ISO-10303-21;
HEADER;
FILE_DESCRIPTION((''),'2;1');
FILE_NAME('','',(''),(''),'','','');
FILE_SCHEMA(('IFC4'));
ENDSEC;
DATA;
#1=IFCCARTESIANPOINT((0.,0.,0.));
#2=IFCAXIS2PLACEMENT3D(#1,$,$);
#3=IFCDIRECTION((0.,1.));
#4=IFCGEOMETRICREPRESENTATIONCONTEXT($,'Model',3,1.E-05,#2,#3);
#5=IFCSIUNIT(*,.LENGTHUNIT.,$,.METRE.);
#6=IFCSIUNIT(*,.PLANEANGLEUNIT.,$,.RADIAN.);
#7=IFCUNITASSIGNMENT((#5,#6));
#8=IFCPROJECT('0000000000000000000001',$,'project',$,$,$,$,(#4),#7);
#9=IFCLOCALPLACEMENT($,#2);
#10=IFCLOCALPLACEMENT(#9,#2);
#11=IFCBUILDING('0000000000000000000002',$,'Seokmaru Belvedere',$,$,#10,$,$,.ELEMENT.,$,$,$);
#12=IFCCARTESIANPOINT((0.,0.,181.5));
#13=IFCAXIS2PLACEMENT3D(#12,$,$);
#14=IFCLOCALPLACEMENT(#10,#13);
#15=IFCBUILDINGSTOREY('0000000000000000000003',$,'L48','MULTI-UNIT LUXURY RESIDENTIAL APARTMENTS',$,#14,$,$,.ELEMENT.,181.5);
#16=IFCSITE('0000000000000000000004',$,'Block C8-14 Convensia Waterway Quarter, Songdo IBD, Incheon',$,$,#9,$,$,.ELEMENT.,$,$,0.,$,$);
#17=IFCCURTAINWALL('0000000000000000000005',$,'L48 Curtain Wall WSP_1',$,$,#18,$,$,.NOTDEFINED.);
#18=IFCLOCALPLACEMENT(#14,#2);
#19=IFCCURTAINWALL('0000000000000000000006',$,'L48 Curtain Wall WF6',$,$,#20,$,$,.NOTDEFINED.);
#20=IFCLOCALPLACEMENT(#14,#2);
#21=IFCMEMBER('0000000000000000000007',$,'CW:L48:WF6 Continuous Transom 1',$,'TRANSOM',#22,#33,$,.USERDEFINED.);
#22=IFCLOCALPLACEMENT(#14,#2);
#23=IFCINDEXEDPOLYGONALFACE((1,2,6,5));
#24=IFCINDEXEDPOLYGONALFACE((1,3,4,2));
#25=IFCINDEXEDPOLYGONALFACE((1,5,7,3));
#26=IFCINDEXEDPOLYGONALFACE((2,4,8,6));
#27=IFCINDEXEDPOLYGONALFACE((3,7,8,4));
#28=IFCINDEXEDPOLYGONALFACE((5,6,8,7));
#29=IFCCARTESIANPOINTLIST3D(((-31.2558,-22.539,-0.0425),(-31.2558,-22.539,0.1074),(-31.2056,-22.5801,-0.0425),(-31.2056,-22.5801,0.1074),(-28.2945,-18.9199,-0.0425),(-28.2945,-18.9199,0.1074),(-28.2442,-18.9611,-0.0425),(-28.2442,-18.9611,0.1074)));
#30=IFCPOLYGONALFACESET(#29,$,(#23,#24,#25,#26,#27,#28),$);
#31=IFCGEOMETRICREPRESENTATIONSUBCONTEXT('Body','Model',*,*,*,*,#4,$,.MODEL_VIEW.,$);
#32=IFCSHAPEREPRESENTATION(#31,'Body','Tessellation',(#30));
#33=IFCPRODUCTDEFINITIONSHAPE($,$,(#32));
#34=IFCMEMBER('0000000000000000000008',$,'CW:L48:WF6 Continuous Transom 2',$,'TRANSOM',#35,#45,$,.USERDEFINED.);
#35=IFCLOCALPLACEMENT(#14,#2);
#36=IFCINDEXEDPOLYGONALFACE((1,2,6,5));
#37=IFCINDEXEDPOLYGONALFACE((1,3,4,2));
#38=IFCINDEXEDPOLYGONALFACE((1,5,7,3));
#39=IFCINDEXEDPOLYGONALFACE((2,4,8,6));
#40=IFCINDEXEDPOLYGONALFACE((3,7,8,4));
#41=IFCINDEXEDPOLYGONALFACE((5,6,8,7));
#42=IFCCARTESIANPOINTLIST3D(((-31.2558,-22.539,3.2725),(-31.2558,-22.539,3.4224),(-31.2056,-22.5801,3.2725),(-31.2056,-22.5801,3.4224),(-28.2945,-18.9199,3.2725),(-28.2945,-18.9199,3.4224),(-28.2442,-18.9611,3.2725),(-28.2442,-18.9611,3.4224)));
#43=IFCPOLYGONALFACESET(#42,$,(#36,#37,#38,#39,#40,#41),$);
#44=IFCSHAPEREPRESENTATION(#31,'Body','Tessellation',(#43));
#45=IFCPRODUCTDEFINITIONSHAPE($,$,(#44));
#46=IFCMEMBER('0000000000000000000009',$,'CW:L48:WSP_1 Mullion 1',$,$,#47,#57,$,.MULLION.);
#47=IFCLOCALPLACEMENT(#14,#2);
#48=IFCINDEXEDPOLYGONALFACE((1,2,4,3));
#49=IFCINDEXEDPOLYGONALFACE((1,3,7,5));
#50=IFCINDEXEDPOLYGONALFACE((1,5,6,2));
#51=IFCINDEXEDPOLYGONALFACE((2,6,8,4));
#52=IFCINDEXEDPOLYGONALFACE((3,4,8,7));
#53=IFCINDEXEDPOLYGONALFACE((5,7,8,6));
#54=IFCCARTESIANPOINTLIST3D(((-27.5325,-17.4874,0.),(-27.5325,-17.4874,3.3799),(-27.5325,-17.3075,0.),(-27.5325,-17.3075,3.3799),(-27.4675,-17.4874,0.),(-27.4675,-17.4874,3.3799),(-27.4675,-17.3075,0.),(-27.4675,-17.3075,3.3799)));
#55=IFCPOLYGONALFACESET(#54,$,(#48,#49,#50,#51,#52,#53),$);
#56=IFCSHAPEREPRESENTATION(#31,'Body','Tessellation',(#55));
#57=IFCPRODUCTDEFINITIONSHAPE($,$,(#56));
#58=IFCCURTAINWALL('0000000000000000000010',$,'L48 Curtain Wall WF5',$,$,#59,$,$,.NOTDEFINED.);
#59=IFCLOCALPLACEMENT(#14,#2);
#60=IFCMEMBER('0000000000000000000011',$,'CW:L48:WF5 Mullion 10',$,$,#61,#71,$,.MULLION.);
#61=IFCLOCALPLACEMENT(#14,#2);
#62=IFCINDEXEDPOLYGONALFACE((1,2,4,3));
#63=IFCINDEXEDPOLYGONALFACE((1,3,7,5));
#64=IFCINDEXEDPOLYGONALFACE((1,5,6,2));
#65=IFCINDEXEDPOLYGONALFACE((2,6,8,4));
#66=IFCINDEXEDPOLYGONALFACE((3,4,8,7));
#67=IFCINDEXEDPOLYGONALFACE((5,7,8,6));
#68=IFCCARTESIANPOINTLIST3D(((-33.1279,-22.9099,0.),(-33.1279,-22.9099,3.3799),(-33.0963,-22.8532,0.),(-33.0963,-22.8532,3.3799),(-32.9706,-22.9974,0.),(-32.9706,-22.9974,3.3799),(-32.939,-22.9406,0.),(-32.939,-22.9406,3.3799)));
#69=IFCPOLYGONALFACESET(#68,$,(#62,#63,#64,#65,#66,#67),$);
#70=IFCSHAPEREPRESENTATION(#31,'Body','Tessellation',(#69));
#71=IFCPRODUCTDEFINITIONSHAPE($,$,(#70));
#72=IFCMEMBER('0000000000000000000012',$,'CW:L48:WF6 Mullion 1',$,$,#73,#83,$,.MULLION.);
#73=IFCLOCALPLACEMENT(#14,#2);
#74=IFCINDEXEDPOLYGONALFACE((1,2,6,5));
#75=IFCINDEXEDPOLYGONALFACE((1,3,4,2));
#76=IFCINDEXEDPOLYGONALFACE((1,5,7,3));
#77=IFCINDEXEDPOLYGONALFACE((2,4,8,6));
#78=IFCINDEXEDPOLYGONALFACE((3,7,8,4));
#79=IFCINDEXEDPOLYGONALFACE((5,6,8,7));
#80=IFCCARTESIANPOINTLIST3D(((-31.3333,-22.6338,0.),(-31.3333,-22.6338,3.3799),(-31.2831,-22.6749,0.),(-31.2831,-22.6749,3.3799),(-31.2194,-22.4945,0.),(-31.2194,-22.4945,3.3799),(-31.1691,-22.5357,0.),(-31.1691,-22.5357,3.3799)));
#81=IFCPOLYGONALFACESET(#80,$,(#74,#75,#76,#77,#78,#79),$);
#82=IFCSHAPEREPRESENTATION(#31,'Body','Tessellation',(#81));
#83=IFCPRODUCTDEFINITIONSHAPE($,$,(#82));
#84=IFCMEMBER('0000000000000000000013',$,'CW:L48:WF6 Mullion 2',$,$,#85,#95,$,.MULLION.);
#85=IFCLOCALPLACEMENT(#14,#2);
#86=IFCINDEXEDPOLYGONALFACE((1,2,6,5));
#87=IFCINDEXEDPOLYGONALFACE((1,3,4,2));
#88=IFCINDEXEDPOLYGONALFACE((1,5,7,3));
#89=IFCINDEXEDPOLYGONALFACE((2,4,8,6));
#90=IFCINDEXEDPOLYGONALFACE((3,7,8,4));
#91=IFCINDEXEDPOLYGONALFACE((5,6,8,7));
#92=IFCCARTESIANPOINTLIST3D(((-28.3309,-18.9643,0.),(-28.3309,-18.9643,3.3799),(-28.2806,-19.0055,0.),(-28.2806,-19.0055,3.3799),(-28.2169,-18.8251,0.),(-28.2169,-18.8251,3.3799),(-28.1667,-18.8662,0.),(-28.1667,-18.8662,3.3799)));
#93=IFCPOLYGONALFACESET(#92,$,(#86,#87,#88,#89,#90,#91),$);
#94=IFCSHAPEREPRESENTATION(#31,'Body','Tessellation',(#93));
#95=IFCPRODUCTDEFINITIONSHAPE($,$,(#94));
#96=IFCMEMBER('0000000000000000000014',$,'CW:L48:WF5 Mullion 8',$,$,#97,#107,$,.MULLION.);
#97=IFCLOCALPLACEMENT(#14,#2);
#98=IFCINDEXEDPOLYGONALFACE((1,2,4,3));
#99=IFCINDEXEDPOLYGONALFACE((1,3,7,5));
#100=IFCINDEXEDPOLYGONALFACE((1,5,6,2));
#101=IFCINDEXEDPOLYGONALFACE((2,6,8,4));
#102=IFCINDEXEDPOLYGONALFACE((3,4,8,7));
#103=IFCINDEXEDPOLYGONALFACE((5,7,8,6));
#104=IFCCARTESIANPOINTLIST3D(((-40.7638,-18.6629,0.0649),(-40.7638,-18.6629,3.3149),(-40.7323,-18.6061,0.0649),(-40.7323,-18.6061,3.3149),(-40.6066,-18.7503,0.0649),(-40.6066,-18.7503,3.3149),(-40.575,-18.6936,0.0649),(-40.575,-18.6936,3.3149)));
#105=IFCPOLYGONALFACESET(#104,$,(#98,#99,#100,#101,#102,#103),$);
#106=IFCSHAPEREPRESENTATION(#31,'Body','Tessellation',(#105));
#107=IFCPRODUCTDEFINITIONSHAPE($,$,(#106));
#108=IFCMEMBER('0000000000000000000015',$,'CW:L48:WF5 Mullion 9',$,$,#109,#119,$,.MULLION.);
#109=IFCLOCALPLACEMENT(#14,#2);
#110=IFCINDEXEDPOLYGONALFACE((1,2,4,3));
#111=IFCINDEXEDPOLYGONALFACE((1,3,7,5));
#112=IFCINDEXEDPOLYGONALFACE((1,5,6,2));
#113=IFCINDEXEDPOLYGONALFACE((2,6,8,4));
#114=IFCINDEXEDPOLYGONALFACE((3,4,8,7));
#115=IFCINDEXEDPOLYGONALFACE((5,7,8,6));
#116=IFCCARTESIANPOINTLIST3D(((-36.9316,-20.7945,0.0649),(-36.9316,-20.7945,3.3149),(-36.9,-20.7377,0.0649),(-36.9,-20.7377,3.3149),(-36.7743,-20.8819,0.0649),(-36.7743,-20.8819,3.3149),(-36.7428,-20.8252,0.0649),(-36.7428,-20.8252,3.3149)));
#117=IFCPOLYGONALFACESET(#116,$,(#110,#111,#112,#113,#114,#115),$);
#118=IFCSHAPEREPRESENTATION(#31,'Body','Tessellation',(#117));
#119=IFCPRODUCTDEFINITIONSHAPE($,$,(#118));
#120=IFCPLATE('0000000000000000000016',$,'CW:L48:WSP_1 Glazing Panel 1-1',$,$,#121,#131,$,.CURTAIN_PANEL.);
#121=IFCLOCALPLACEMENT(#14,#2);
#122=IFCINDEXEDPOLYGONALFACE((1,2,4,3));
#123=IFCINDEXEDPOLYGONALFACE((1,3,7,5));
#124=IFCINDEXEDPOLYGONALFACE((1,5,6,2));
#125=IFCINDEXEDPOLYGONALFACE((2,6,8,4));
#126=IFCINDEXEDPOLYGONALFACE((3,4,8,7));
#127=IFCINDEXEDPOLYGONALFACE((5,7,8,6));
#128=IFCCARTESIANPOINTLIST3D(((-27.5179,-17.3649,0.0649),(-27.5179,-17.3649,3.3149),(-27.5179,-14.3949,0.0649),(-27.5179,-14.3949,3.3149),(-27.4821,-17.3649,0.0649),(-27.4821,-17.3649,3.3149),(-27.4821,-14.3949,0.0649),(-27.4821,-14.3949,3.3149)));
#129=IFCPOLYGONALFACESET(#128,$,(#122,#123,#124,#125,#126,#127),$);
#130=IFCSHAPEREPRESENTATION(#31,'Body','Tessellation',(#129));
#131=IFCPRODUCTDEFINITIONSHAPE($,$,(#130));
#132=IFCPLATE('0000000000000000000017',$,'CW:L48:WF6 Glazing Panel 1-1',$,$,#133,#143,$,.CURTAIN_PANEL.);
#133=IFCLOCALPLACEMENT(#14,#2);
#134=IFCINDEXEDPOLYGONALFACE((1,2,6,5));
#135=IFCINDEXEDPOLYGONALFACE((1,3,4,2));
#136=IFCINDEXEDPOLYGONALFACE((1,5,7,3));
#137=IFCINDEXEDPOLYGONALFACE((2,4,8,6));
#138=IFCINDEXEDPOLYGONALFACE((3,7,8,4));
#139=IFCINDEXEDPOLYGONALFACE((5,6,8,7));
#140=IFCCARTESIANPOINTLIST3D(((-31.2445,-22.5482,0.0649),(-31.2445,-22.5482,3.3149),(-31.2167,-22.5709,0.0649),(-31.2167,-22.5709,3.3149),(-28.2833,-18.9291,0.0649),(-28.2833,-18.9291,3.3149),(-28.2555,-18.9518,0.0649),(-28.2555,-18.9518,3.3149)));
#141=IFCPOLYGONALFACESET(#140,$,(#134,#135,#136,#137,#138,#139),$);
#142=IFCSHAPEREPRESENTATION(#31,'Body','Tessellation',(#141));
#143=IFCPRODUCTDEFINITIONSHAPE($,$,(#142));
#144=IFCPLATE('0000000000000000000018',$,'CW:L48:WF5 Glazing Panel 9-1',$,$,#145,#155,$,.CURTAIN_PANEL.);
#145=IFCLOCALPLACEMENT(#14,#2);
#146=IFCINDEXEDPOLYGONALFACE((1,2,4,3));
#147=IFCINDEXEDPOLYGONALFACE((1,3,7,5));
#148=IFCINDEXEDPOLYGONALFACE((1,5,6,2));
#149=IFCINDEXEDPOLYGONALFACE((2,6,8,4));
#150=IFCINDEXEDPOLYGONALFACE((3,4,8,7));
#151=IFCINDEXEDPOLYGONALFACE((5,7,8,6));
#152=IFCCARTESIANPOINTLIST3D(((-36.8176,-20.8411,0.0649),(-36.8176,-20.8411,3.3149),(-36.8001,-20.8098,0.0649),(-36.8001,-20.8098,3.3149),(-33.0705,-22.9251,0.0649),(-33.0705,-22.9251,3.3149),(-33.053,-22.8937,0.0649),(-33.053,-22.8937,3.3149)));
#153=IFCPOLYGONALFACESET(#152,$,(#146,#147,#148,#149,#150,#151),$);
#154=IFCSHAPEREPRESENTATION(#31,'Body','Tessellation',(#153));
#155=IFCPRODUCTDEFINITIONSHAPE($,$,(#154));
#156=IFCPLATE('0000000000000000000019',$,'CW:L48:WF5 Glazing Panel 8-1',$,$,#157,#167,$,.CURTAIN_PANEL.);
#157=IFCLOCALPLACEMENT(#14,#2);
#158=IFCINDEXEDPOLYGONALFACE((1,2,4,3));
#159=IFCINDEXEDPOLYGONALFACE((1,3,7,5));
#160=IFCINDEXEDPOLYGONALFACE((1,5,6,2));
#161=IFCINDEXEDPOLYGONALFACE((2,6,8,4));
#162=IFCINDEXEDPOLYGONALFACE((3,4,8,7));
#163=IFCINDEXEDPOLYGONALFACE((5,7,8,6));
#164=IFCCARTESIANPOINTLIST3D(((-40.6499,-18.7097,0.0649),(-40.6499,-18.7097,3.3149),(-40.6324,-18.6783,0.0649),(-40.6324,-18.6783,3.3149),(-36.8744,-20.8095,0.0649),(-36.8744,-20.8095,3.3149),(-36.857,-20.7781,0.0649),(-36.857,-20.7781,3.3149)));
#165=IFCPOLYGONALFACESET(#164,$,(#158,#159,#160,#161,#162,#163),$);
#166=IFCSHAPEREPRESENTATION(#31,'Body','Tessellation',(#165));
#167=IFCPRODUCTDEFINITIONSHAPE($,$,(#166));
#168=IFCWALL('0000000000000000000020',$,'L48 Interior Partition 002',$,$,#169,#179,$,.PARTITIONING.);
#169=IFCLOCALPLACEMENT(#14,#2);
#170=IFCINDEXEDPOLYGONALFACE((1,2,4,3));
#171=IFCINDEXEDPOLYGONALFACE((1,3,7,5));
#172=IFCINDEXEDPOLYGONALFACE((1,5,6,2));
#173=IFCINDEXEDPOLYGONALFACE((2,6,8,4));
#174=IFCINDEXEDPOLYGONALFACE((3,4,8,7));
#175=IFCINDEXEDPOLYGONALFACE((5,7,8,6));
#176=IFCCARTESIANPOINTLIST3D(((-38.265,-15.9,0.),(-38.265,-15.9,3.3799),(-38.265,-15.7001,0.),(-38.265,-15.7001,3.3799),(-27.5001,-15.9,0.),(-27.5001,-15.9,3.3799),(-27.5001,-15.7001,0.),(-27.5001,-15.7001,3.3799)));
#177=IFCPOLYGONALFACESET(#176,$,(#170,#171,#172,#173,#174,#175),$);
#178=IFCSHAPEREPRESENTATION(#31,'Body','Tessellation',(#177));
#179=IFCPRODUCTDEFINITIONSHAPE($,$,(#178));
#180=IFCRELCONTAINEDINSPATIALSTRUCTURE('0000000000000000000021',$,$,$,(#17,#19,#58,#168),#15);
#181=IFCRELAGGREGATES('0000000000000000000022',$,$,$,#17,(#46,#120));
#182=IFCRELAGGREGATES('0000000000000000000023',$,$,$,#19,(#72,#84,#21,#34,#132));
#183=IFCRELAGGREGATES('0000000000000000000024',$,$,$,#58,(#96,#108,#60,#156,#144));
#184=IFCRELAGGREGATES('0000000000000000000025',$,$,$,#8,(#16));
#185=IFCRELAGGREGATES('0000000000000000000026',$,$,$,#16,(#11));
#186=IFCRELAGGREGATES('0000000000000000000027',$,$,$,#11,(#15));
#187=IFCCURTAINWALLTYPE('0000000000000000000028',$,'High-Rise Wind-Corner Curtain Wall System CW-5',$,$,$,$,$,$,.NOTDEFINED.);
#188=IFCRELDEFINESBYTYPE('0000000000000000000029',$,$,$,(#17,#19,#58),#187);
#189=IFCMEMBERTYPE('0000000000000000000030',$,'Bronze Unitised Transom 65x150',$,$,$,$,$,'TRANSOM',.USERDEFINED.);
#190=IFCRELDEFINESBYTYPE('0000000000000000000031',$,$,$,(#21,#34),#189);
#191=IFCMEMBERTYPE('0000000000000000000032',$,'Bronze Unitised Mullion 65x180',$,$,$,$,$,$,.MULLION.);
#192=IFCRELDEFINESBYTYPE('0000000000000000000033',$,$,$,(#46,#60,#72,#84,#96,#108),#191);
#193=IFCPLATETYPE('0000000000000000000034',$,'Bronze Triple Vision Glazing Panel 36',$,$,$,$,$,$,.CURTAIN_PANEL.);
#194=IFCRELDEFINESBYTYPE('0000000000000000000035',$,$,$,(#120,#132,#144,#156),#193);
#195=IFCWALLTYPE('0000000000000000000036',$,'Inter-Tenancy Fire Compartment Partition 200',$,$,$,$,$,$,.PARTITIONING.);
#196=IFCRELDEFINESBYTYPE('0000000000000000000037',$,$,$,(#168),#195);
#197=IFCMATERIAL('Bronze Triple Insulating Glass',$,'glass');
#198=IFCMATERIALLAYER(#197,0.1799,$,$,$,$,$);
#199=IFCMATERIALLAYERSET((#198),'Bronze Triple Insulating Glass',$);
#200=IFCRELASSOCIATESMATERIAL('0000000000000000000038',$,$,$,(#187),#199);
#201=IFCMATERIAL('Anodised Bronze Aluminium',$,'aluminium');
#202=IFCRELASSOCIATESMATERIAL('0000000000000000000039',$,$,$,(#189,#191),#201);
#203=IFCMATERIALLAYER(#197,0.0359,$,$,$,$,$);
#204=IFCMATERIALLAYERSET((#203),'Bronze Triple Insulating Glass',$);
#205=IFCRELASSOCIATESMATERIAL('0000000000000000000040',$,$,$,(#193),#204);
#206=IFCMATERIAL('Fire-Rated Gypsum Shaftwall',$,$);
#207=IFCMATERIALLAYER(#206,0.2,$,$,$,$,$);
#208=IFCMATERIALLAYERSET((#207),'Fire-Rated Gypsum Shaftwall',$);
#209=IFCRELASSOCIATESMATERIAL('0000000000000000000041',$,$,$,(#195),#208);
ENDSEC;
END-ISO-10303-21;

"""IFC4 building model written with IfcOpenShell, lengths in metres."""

from ifc_helpers import new_model, si_unit, direction, frame, frame_2d, origin, origin_2d, place, context, subcontext, project, spatial, rectangle, extrude, source, transform, mapped, material, layer, layer_set, material_profile, profile_set, type_object, type_shapes, element, aggregate, save


model = new_model("IFC4")

# Units and contexts
model_context = context("Model", 3, precision=1e-05, world=origin(), true_north=direction((0.0, 1.0)))
body_context = subcontext(model_context, "Body", "Model", "MODEL_VIEW")
ifc_project = project(units=[si_unit("LENGTHUNIT", "METRE"), si_unit("PLANEANGLEUNIT", "RADIAN")], contexts=[model_context])

# Site, building, storey
site_placement = place(None, origin())
site = spatial("IfcSite", under=ifc_project, at=site_placement, Name="Block C8-14 Convensia Waterway Quarter, Songdo IBD, Incheon", CompositionType="ELEMENT", RefElevation=0.0)
building_placement = place(site_placement, origin())
building = spatial("IfcBuilding", under=site, at=building_placement, Name="Seokmaru Belvedere", CompositionType="ELEMENT")
storey_placement = place(building_placement, frame((0.0, 0.0, 181.5)))
storey = spatial("IfcBuildingStorey", under=building, at=storey_placement, Name="L48", Description="MULTI-UNIT LUXURY RESIDENTIAL APARTMENTS", CompositionType="ELEMENT", Elevation=181.5)

# Curtain walls, members
ifc_material_1 = material(Name="Bronze Triple Insulating Glass", Category="glass")
ifc_layer_1 = layer(ifc_material_1, 0.1799)
ifc_layer_set_1 = layer_set([ifc_layer_1], Name="Bronze Triple Insulating Glass")
curtain_wall_type = type_object("IfcCurtainWallType", Name="High-Rise Wind-Corner Curtain Wall System CW-5", PredefinedType="NOTDEFINED", material=ifc_layer_set_1)
curtain_wall_1_placement = place(storey_placement, origin())
curtain_wall_1 = element("IfcCurtainWall", 1, at=curtain_wall_1_placement, inside=storey, type_object=curtain_wall_type, Name="L48 Curtain Wall WSP_1", PredefinedType="NOTDEFINED")
ifc_material_2 = material(Name="Anodised Bronze Aluminium", Category="aluminium")
ifc_material_profile_1 = material_profile(ifc_material_2, rectangle(XDim=0.0649, YDim=0.1499, at=origin_2d()), Name="CW-T-65x150")
ifc_profile_set_1 = profile_set([ifc_material_profile_1], Name="Anodised Bronze Aluminium")
member_type_1 = type_object("IfcMemberType", Name="Bronze Unitised Transom 65x150", ElementType="TRANSOM", PredefinedType="USERDEFINED", material=ifc_profile_set_1)
curtain_wall_2_placement = place(storey_placement, origin())
curtain_wall_2 = element("IfcCurtainWall", 2, at=curtain_wall_2_placement, inside=storey, type_object=curtain_wall_type, Name="L48 Curtain Wall WF6", PredefinedType="NOTDEFINED")
shared_shape_1 = source(origin(), body_context, "Body", "SweptSolid", [
    extrude(rectangle(XDim=0.0649, YDim=0.1499, at=origin_2d()), origin(), (0.0, 0.0, 1.0), 4.6763),
])
member_1_placement = place(storey_placement, frame((-31.2307, -22.5596, 0.0325), z_axis=(0.633278, 0.773925, 0.0), x_axis=(-0.773925, 0.633278, 0.0)))
member_1 = element("IfcMember", 3, at=member_1_placement, type_object=member_type_1, Name="CW:L48:WF6 Continuous Transom 1", ObjectType="TRANSOM", PredefinedType="USERDEFINED", context=body_context, shape_type="MappedRepresentation", body=[
    mapped(shared_shape_1, transform((0.0, 0.0, 0.0), scale=1.0)),
])
member_2_placement = place(storey_placement, frame((-31.2307, -22.5596, 3.3474), z_axis=(0.633278, 0.773925, 0.0), x_axis=(-0.773925, 0.633278, 0.0)))
member_2 = element("IfcMember", 4, at=member_2_placement, type_object=member_type_1, Name="CW:L48:WF6 Continuous Transom 2", ObjectType="TRANSOM", PredefinedType="USERDEFINED", context=body_context, shape_type="MappedRepresentation", body=[
    mapped(shared_shape_1, transform((0.0, 0.0, 0.0), scale=1.0)),
])

# Member
ifc_material_profile_2 = material_profile(ifc_material_2, rectangle(XDim=0.0649, YDim=0.1799, at=origin_2d()), Name="CW-M-65x180")
ifc_profile_set_2 = profile_set([ifc_material_profile_2], Name="Anodised Bronze Aluminium")
member_type_2 = type_object("IfcMemberType", Name="Bronze Unitised Mullion 65x180", PredefinedType="MULLION", material=ifc_profile_set_2)
shared_shape_2 = source(origin(), body_context, "Body", "SweptSolid", [
    extrude(rectangle(XDim=0.0649, YDim=0.1799, at=origin_2d()), origin(), (0.0, 0.0, 1.0), 3.3799),
])
member_3_placement = place(storey_placement, frame((-27.5, -17.3975, 0.0), z_axis=(0.0, 0.0, 1.0), x_axis=(-1.0, 0.0, 0.0)))
member_3 = element("IfcMember", 5, at=member_3_placement, type_object=member_type_2, Name="CW:L48:WSP_1 Mullion 1", PredefinedType="MULLION", context=body_context, shape_type="MappedRepresentation", body=[
    mapped(shared_shape_2, transform((0.0, 0.0, 0.0), scale=1.0)),
])

# Curtain wall, member
curtain_wall_3_placement = place(storey_placement, origin())
curtain_wall_3 = element("IfcCurtainWall", 6, at=curtain_wall_3_placement, inside=storey, type_object=curtain_wall_type, Name="L48 Curtain Wall WF5", PredefinedType="NOTDEFINED")
member_4_placement = place(storey_placement, frame((-33.0334, -22.9253, 0.0), z_axis=(0.0, 0.0, 1.0), x_axis=(0.486047, 0.873933, 0.0)))
member_4 = element("IfcMember", 7, at=member_4_placement, type_object=member_type_2, Name="CW:L48:WF5 Mullion 10", PredefinedType="MULLION", context=body_context, shape_type="MappedRepresentation", body=[
    mapped(shared_shape_2, transform((0.0, 0.0, 0.0), scale=1.0)),
])

# Members
member_5_placement = place(storey_placement, frame((-31.2512, -22.5847, 0.0), z_axis=(0.0, 0.0, 1.0), x_axis=(-0.773944, 0.633254, 0.0)))
member_5 = element("IfcMember", 8, at=member_5_placement, type_object=member_type_2, Name="CW:L48:WF6 Mullion 1", PredefinedType="MULLION", context=body_context, shape_type="MappedRepresentation", body=[
    mapped(shared_shape_2, transform((0.0, 0.0, 0.0), scale=1.0)),
])
member_6_placement = place(storey_placement, frame((-28.2488, -18.9153, 0.0), z_axis=(0.0, 0.0, 1.0), x_axis=(-0.773944, 0.633254, 0.0)))
member_6 = element("IfcMember", 9, at=member_6_placement, type_object=member_type_2, Name="CW:L48:WF6 Mullion 2", PredefinedType="MULLION", context=body_context, shape_type="MappedRepresentation", body=[
    mapped(shared_shape_2, transform((0.0, 0.0, 0.0), scale=1.0)),
])
shared_shape_3 = source(origin(), body_context, "Body", "SweptSolid", [
    extrude(rectangle(XDim=0.0649, YDim=0.1799, at=origin_2d()), origin(), (0.0, 0.0, 1.0), 3.25),
])
type_shapes(member_type_2, [shared_shape_2, shared_shape_3])
member_7_placement = place(storey_placement, frame((-40.6694, -18.6782, 0.0649), z_axis=(0.0, 0.0, 1.0), x_axis=(0.486047, 0.873933, 0.0)))
member_7 = element("IfcMember", 10, at=member_7_placement, type_object=member_type_2, Name="CW:L48:WF5 Mullion 8", PredefinedType="MULLION", context=body_context, shape_type="MappedRepresentation", body=[
    mapped(shared_shape_3, transform((0.0, 0.0, 0.0), scale=1.0)),
])
member_8_placement = place(storey_placement, frame((-36.8372, -20.8098, 0.0649), z_axis=(0.0, 0.0, 1.0), x_axis=(0.486047, 0.873933, 0.0)))
member_8 = element("IfcMember", 11, at=member_8_placement, type_object=member_type_2, Name="CW:L48:WF5 Mullion 9", PredefinedType="MULLION", context=body_context, shape_type="MappedRepresentation", body=[
    mapped(shared_shape_3, transform((0.0, 0.0, 0.0), scale=1.0)),
])

# Plates
ifc_layer_2 = layer(ifc_material_1, 0.0359)
ifc_layer_set_2 = layer_set([ifc_layer_2], Name="Bronze Triple Insulating Glass")
plate_type = type_object("IfcPlateType", Name="Bronze Triple Vision Glazing Panel 36", PredefinedType="CURTAIN_PANEL", material=ifc_layer_set_2)
shared_shape_4 = source(origin(), body_context, "Body", "SweptSolid", [
    extrude(rectangle(XDim=2.97, YDim=0.0359, at=origin_2d()), origin(), (0.0, 0.0, 1.0), 3.25),
])
plate_1_placement = place(storey_placement, frame((-27.5, -15.8799, 0.0649), z_axis=(0.0, 0.0, 1.0), x_axis=(0.0, 1.0, 0.0)))
plate_1 = element("IfcPlate", 12, at=plate_1_placement, type_object=plate_type, Name="CW:L48:WSP_1 Glazing Panel 1-1", PredefinedType="CURTAIN_PANEL", context=body_context, shape_type="MappedRepresentation", body=[
    mapped(shared_shape_4, transform((0.0, 0.0, 0.0), scale=1.0)),
])
aggregate(curtain_wall_1, [member_3, plate_1])
shared_shape_5 = source(origin(), body_context, "Body", "SweptSolid", [
    extrude(rectangle(XDim=4.6763, YDim=0.0359, at=origin_2d()), origin(), (0.0, 0.0, 1.0), 3.25),
])
plate_2_placement = place(storey_placement, frame((-29.75, -20.75, 0.0649), z_axis=(0.0, 0.0, 1.0), x_axis=(0.633254, 0.773944, 0.0)))
plate_2 = element("IfcPlate", 13, at=plate_2_placement, type_object=plate_type, Name="CW:L48:WF6 Glazing Panel 1-1", PredefinedType="CURTAIN_PANEL", context=body_context, shape_type="MappedRepresentation", body=[
    mapped(shared_shape_5, transform((0.0, 0.0, 0.0), scale=1.0)),
])
aggregate(curtain_wall_2, [member_5, member_6, member_1, member_2, plate_2])
shared_shape_6 = source(origin(), body_context, "Body", "SweptSolid", [
    extrude(rectangle(XDim=4.2876, YDim=0.0359, at=origin_2d()), origin(), (0.0, 0.0, 1.0), 3.25),
])
plate_3_placement = place(storey_placement, frame((-34.9353, -21.8674, 0.0649), z_axis=(0.0, 0.0, 1.0), x_axis=(0.873933, -0.486047, 0.0)))
plate_3 = element("IfcPlate", 14, at=plate_3_placement, type_object=plate_type, Name="CW:L48:WF5 Glazing Panel 9-1", PredefinedType="CURTAIN_PANEL", context=body_context, shape_type="MappedRepresentation", body=[
    mapped(shared_shape_6, transform((0.0, 0.0, 0.0), scale=1.0)),
])
shared_shape_7 = source(origin(), body_context, "Body", "SweptSolid", [
    extrude(rectangle(XDim=4.3201, YDim=0.0359, at=origin_2d()), origin(), (0.0, 0.0, 1.0), 3.25),
])
type_shapes(plate_type, [shared_shape_4, shared_shape_5, shared_shape_6, shared_shape_7])
plate_4_placement = place(storey_placement, frame((-38.7534, -19.7439, 0.0649), z_axis=(0.0, 0.0, 1.0), x_axis=(0.873933, -0.486047, 0.0)))
plate_4 = element("IfcPlate", 15, at=plate_4_placement, type_object=plate_type, Name="CW:L48:WF5 Glazing Panel 8-1", PredefinedType="CURTAIN_PANEL", context=body_context, shape_type="MappedRepresentation", body=[
    mapped(shared_shape_7, transform((0.0, 0.0, 0.0), scale=1.0)),
])
aggregate(curtain_wall_3, [member_7, member_8, member_4, plate_4, plate_3])

# Shared definitions
ifc_material_3 = material(Name="Fire-Rated Gypsum Shaftwall")

# Wall
ifc_layer_3 = layer(ifc_material_3, 0.2)
ifc_layer_set_3 = layer_set([ifc_layer_3], Name="Fire-Rated Gypsum Shaftwall")
wall_type_1 = type_object("IfcWallType", Name="Inter-Tenancy Fire Compartment Partition 200", PredefinedType="PARTITIONING", material=ifc_layer_set_3)
wall_1_placement = place(storey_placement, frame((-38.2649, -15.8, 0.0), z_axis=(0.0, 0.0, 1.0), x_axis=(1.0, 0.0, 0.0)))
element("IfcWall", 16, at=wall_1_placement, inside=storey, type_object=wall_type_1, Name="L48 Interior Partition 002", PredefinedType="PARTITIONING", context=body_context, shape_type="SweptSolid", body=[
    extrude(rectangle(XDim=10.7649, YDim=0.2, at=frame_2d((5.3823, 0.0))), origin(), (0.0, 0.0, 1.0), 3.3799),
])

save(model, "model.ifc")
